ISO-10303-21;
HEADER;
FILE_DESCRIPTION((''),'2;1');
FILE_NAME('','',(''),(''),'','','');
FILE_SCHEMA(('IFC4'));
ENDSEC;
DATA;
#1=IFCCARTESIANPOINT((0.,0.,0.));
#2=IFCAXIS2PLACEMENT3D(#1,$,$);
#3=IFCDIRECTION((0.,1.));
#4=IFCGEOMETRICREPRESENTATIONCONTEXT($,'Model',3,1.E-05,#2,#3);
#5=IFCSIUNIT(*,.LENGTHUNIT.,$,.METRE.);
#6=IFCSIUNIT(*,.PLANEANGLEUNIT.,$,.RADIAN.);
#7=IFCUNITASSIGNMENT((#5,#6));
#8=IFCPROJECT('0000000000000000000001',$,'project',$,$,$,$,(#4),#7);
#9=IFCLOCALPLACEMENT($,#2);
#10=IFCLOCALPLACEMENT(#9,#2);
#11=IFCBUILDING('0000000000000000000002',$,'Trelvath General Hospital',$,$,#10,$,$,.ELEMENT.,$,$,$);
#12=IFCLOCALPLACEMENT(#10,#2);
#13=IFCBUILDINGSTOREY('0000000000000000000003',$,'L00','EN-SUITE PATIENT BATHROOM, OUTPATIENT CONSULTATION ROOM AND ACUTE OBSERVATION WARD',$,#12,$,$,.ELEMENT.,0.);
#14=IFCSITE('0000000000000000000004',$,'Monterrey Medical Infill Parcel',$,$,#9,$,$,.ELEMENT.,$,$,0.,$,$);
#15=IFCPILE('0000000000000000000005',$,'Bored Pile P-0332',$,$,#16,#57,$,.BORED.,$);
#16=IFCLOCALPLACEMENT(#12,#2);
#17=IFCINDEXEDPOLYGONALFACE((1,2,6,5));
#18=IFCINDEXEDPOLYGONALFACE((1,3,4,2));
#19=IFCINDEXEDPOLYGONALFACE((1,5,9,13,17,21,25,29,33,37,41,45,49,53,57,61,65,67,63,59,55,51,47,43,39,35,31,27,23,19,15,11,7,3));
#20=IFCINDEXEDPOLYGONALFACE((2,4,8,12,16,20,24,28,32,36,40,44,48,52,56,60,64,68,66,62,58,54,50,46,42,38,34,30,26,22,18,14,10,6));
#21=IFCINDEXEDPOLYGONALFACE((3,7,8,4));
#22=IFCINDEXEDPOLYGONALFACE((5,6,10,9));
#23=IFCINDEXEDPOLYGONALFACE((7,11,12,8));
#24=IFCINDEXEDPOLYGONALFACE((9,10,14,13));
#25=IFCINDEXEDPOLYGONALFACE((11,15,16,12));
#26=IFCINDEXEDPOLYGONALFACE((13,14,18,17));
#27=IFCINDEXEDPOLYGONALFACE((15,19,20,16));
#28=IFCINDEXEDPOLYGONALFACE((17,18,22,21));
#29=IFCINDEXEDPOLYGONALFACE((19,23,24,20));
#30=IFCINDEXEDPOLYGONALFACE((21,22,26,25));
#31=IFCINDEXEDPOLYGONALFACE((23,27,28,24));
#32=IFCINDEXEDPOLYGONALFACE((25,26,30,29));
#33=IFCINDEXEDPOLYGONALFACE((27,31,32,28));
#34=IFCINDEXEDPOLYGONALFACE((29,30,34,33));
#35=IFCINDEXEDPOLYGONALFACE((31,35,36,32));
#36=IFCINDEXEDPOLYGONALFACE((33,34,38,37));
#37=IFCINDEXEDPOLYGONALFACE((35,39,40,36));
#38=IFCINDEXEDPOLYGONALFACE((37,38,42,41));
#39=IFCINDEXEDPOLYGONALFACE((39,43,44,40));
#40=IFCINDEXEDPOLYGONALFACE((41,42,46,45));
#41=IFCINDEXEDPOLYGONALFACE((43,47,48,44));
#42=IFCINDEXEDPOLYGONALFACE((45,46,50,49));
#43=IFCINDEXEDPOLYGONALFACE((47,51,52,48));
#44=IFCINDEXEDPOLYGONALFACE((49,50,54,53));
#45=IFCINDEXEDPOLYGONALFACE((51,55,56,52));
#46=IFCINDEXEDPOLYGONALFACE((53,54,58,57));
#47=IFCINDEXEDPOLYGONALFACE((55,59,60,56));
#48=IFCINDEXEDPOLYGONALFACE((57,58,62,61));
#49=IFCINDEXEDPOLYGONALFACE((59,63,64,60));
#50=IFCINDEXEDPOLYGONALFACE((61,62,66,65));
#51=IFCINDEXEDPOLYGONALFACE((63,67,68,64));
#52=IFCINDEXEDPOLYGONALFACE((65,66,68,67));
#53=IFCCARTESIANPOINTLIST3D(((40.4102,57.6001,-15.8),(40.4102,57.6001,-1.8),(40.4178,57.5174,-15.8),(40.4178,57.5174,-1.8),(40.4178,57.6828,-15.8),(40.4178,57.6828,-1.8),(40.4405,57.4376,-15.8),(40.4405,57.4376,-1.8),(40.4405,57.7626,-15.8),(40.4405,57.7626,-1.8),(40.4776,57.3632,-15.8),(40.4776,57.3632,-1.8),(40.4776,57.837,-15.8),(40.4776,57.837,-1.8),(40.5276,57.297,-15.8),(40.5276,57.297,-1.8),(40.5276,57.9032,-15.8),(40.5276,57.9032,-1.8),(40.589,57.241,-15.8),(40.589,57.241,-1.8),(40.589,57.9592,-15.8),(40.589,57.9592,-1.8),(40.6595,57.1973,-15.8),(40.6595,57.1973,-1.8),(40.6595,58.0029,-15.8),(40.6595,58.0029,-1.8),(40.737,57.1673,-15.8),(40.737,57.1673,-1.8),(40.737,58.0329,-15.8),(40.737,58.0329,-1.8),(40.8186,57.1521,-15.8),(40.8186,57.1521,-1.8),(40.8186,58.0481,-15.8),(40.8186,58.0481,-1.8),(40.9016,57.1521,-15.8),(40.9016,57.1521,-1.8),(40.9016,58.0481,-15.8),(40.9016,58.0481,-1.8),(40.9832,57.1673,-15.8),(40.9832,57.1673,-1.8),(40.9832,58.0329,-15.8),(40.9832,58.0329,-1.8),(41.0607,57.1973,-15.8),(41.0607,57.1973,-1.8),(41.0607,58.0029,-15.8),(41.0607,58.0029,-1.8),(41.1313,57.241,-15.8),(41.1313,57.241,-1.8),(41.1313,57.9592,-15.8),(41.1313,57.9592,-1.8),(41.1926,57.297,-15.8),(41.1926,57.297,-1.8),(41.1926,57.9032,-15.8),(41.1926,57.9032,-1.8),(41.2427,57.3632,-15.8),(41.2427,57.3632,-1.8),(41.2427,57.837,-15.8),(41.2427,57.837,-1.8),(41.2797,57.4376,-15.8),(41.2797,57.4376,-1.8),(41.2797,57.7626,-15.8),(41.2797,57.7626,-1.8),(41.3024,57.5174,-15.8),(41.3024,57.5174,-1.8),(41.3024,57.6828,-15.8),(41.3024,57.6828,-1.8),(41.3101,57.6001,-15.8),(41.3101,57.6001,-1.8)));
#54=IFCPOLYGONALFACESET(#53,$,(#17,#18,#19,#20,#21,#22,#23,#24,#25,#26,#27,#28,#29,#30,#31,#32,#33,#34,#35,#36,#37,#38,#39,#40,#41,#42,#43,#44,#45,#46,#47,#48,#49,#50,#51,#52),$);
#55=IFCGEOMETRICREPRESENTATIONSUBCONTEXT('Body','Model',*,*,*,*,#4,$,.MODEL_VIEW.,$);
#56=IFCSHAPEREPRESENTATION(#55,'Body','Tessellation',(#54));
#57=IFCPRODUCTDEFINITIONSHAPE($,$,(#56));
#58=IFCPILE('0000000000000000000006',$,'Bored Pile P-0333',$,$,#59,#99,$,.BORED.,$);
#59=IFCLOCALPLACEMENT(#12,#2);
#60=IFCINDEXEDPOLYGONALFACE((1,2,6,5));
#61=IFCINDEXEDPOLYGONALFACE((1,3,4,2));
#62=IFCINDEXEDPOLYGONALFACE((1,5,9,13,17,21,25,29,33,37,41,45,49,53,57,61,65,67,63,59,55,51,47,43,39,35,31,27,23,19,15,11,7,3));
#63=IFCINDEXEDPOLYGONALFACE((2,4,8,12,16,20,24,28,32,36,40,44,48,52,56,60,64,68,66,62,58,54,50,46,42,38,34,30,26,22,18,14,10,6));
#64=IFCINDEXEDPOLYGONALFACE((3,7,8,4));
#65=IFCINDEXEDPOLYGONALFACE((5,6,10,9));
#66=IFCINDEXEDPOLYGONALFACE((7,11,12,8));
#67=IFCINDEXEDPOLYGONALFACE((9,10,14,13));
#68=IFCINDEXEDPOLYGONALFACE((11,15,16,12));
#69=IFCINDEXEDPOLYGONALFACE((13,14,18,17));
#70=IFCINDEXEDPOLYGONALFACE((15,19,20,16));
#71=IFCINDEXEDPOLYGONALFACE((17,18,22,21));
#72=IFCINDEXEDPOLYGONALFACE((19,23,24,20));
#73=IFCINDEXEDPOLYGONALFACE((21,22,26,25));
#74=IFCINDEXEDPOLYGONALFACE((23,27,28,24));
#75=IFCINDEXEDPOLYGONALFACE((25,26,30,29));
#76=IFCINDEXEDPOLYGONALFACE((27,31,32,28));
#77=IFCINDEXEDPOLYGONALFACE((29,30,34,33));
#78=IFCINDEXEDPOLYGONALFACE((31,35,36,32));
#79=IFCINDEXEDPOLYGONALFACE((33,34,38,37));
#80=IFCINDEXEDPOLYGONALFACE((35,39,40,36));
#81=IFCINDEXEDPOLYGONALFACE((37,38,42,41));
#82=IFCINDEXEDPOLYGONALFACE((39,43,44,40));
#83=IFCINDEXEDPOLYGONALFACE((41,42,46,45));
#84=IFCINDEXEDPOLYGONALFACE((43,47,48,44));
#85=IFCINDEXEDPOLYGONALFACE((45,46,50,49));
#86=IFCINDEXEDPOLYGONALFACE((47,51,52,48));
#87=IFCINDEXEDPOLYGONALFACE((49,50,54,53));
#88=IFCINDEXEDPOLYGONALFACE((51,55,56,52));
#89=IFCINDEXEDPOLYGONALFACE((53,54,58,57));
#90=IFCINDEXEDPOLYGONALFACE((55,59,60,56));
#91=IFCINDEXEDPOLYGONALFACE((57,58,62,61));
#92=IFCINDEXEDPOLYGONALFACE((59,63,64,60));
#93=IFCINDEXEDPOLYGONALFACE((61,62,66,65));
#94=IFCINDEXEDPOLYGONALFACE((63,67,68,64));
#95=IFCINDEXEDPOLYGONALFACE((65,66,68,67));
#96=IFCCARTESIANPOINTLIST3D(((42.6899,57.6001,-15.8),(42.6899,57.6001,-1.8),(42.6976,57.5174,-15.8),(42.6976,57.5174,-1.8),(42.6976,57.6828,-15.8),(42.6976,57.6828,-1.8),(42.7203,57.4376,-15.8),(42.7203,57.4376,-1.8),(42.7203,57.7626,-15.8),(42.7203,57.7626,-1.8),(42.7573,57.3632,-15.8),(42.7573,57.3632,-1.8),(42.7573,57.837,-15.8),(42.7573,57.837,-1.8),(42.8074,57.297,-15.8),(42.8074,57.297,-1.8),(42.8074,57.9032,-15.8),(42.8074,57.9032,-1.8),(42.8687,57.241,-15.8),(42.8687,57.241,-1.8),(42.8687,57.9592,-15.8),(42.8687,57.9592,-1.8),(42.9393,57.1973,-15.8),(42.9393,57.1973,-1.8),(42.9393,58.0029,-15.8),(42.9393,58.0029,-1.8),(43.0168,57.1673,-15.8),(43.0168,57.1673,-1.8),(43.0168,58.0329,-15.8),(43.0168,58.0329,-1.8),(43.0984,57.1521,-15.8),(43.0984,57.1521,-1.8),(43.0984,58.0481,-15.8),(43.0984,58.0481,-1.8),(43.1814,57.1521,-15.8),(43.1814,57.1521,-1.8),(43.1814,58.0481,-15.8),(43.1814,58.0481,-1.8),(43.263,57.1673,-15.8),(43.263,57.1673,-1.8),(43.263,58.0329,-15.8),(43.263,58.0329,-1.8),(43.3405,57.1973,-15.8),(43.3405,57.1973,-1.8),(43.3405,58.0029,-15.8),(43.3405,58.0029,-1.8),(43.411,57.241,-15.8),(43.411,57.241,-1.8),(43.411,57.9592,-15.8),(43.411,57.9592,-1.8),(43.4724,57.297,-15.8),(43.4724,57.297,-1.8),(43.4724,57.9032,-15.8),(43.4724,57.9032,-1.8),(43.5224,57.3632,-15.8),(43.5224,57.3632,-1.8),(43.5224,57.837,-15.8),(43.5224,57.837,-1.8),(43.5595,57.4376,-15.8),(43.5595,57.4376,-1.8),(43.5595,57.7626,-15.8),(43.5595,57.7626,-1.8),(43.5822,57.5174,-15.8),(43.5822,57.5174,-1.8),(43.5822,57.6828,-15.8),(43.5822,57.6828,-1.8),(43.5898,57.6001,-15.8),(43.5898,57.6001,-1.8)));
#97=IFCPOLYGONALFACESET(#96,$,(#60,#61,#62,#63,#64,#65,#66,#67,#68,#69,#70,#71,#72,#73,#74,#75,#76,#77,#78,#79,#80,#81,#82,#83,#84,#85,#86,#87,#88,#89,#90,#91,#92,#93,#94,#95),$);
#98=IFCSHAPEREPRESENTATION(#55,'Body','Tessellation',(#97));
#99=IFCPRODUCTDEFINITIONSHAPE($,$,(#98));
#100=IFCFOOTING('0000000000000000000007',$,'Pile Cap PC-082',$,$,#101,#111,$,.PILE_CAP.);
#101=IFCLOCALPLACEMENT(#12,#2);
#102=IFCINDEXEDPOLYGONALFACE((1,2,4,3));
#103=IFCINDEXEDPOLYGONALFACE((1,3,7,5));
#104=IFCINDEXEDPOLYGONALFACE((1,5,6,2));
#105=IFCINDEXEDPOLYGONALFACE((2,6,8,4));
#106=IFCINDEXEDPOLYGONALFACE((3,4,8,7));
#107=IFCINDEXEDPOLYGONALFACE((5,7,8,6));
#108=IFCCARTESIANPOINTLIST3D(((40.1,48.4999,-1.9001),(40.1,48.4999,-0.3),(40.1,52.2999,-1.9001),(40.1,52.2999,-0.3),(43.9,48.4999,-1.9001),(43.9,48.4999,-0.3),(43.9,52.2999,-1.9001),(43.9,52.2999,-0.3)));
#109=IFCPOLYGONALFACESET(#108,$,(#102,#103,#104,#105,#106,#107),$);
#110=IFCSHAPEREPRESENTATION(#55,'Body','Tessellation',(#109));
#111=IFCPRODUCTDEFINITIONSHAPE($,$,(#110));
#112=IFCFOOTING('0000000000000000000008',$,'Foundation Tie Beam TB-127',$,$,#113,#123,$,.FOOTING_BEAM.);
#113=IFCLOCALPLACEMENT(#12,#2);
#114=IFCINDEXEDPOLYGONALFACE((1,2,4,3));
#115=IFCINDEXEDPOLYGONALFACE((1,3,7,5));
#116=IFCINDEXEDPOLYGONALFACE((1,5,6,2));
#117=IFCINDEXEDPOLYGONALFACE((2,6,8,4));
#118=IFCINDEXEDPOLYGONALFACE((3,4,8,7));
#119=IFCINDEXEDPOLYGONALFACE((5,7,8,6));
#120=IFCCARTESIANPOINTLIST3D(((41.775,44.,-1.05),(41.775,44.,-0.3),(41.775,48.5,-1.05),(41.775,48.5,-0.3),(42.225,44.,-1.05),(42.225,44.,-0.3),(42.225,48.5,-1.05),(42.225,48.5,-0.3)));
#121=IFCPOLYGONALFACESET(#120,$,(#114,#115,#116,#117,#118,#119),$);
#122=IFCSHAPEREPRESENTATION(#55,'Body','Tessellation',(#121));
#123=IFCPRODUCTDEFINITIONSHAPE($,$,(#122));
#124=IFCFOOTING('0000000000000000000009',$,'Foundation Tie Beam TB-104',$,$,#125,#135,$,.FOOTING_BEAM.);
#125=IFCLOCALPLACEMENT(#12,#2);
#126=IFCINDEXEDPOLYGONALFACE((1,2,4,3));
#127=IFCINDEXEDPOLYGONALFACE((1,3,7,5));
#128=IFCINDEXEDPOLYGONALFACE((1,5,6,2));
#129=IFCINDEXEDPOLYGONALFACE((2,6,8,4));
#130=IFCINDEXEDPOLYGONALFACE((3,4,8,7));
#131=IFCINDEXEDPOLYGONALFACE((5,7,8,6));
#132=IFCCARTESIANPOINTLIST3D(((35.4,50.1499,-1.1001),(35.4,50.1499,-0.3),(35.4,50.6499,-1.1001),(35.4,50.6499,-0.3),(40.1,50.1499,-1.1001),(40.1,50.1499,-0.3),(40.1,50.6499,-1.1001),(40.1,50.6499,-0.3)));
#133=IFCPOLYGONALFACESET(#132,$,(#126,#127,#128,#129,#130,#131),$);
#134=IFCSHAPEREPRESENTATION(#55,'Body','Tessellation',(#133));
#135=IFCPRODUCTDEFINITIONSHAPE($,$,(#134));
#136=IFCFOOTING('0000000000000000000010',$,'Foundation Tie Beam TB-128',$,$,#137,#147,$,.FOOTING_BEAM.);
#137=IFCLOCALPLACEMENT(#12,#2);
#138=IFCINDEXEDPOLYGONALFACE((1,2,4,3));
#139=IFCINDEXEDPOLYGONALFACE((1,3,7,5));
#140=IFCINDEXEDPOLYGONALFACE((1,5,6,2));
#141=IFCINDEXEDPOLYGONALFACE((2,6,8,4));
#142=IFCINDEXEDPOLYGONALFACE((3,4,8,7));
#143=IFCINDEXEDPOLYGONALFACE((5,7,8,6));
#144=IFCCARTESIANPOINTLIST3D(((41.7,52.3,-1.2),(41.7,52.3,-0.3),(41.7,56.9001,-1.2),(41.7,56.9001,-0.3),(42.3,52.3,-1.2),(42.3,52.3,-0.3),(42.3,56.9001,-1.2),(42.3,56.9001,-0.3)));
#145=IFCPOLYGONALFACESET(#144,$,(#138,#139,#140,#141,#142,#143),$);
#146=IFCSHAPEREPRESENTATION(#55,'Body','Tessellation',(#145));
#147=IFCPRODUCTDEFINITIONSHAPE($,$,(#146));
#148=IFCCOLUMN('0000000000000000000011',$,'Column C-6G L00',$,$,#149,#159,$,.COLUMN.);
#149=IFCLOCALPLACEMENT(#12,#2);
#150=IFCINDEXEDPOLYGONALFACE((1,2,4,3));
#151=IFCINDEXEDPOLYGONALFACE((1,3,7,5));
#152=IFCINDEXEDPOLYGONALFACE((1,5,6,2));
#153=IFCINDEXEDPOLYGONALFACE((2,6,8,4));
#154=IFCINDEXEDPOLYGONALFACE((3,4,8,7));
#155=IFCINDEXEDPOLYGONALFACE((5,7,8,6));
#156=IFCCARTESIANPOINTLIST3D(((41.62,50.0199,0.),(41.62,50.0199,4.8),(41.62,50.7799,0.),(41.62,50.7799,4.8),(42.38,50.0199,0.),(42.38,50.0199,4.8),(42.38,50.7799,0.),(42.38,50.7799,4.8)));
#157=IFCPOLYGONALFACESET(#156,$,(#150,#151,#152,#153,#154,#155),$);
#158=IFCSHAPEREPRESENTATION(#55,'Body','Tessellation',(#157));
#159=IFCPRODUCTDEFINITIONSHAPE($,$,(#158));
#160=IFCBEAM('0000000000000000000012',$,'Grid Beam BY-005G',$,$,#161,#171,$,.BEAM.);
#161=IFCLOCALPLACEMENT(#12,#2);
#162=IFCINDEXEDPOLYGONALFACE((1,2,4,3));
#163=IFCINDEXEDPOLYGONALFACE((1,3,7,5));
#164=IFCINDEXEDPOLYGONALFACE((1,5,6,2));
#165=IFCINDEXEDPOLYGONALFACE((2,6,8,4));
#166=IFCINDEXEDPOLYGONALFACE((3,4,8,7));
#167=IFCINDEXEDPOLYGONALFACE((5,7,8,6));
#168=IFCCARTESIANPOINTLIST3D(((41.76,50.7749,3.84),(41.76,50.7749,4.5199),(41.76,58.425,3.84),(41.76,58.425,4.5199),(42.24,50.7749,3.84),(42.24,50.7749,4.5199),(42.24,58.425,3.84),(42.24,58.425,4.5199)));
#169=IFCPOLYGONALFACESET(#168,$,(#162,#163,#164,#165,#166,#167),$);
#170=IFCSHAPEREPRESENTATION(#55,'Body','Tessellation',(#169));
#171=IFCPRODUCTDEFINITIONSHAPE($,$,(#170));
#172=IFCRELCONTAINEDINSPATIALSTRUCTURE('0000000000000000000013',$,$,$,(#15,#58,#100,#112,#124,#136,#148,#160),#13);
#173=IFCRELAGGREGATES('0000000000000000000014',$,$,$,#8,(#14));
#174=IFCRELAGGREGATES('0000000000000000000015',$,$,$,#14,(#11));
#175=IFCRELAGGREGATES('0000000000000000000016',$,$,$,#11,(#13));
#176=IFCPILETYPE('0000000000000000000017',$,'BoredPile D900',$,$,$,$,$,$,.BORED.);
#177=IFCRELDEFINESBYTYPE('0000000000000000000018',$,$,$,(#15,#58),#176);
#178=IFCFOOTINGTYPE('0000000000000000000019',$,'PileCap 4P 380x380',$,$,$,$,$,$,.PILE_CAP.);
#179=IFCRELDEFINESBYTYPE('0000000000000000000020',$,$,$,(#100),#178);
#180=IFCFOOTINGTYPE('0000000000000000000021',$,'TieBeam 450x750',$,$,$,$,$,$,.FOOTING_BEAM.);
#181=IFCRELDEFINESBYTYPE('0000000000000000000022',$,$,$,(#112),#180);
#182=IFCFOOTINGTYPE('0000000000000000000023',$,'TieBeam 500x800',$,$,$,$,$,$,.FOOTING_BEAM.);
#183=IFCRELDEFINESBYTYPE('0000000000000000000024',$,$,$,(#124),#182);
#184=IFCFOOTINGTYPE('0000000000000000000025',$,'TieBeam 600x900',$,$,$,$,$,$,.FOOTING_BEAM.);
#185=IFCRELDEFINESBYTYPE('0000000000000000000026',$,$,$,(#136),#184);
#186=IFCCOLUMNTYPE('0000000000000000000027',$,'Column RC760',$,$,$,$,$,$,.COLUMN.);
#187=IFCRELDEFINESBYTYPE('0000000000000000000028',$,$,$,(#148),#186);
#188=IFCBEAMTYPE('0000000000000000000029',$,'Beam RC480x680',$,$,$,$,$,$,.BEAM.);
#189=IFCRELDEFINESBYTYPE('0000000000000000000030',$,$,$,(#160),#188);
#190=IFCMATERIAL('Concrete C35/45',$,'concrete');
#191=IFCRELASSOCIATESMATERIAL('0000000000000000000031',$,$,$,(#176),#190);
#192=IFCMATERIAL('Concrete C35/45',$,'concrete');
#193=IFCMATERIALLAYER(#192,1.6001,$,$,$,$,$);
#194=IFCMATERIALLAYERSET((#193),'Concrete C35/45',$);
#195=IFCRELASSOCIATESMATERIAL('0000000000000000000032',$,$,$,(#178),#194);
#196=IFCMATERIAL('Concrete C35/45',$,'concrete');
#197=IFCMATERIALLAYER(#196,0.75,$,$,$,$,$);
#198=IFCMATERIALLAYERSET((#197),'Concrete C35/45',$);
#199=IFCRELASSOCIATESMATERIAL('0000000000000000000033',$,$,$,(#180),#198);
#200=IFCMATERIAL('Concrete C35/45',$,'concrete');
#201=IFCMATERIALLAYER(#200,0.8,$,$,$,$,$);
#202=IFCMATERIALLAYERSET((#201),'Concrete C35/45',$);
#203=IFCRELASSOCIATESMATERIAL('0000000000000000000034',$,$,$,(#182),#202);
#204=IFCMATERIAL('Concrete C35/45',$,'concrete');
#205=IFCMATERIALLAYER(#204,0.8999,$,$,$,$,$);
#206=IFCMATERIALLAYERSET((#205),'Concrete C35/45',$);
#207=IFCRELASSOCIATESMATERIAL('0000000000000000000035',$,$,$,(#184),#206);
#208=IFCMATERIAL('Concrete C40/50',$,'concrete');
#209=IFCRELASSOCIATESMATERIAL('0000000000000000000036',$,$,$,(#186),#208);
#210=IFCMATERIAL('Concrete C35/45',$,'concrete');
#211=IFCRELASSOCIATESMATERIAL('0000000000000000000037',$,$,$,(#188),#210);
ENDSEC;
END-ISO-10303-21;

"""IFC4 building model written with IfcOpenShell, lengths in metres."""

from ifc_helpers import new_model, si_unit, direction, frame, origin, origin_2d, place, context, subcontext, project, spatial, rectangle, circle, extrude, material, layer, layer_set, material_profile, profile_set, type_object, element, save


model = new_model("IFC4")

# Units and contexts
model_context = context("Model", 3, precision=1e-05, world=origin(), true_north=direction((0.0, 1.0)))
body_context = subcontext(model_context, "Body", "Model", "MODEL_VIEW")
ifc_project = project(units=[si_unit("LENGTHUNIT", "METRE"), si_unit("PLANEANGLEUNIT", "RADIAN")], contexts=[model_context])

# Site, building, storey
site_placement = place(None, origin())
site = spatial("IfcSite", under=ifc_project, at=site_placement, Name="Monterrey Medical Infill Parcel", CompositionType="ELEMENT", RefElevation=0.0)
building_placement = place(site_placement, origin())
building = spatial("IfcBuilding", under=site, at=building_placement, Name="Trelvath General Hospital", CompositionType="ELEMENT")
storey_placement = place(building_placement, origin())
storey = spatial("IfcBuildingStorey", under=building, at=storey_placement, Name="L00", Description="EN-SUITE PATIENT BATHROOM, OUTPATIENT CONSULTATION ROOM AND ACUTE OBSERVATION WARD", CompositionType="ELEMENT", Elevation=0.0)

# Piles
ifc_material_1 = material(Name="Concrete C35/45", Category="concrete")
ifc_material_profile_1 = material_profile(ifc_material_1, circle(Radius=0.45, at=origin_2d()), Name="PILE900")
ifc_profile_set_1 = profile_set([ifc_material_profile_1], Name="Concrete C35/45")
pile_type = type_object("IfcPileType", Name="BoredPile D900", PredefinedType="BORED", material=ifc_profile_set_1)
for number, where, z_axis, x_axis, name in (
    (1, (40.8601, 57.6001, -1.8), (0.0, 0.0, -1.0), (1.0, 0.0, 0.0), "Bored Pile P-0332"),
    (2, (43.1399, 57.6001, -1.8), (0.0, 0.0, -1.0), (1.0, 0.0, 0.0), "Bored Pile P-0333"),
):
    element("IfcPile", number, at=place(storey_placement, frame(where, z_axis=z_axis, x_axis=x_axis)), inside=storey, type_object=pile_type, Name=name, PredefinedType="BORED", context=body_context, shape_type="SweptSolid", body=[
        extrude(circle(Radius=0.45, at=origin_2d()), origin(), (0.0, 0.0, 1.0), 14.0),
    ])

# Footings
ifc_material_2 = material(Name="Concrete C35/45", Category="concrete")
ifc_layer_1 = layer(ifc_material_2, 1.6001)
ifc_layer_set_1 = layer_set([ifc_layer_1], Name="Concrete C35/45")
footing_type_1 = type_object("IfcFootingType", Name="PileCap 4P 380x380", PredefinedType="PILE_CAP", material=ifc_layer_set_1)
footing_1_placement = place(storey_placement, frame((42.0, 50.3999, -1.9001), z_axis=(0.0, 0.0, 1.0), x_axis=(1.0, 0.0, 0.0)))
element("IfcFooting", 3, at=footing_1_placement, inside=storey, type_object=footing_type_1, Name="Pile Cap PC-082", PredefinedType="PILE_CAP", context=body_context, shape_type="SweptSolid", body=[
    extrude(rectangle(XDim=3.8, YDim=3.8, at=origin_2d()), origin(), (0.0, 0.0, 1.0), 1.6001),
])
ifc_material_3 = material(Name="Concrete C35/45", Category="concrete")
ifc_layer_2 = layer(ifc_material_3, 0.75)
ifc_layer_set_2 = layer_set([ifc_layer_2], Name="Concrete C35/45")
footing_type_2 = type_object("IfcFootingType", Name="TieBeam 450x750", PredefinedType="FOOTING_BEAM", material=ifc_layer_set_2)
footing_2_placement = place(storey_placement, frame((42.0, 46.25, -1.05), z_axis=(0.0, 0.0, 1.0), x_axis=(1.0, 0.0, 0.0)))
element("IfcFooting", 4, at=footing_2_placement, inside=storey, type_object=footing_type_2, Name="Foundation Tie Beam TB-127", PredefinedType="FOOTING_BEAM", context=body_context, shape_type="SweptSolid", body=[
    extrude(rectangle(XDim=0.45, YDim=4.5, at=origin_2d()), origin(), (0.0, 0.0, 1.0), 0.75),
])
ifc_material_4 = material(Name="Concrete C35/45", Category="concrete")
ifc_layer_3 = layer(ifc_material_4, 0.8)
ifc_layer_set_3 = layer_set([ifc_layer_3], Name="Concrete C35/45")
footing_type_3 = type_object("IfcFootingType", Name="TieBeam 500x800", PredefinedType="FOOTING_BEAM", material=ifc_layer_set_3)
footing_3_placement = place(storey_placement, frame((37.75, 50.3999, -1.1001), z_axis=(0.0, 0.0, 1.0), x_axis=(1.0, 0.0, 0.0)))
element("IfcFooting", 5, at=footing_3_placement, inside=storey, type_object=footing_type_3, Name="Foundation Tie Beam TB-104", PredefinedType="FOOTING_BEAM", context=body_context, shape_type="SweptSolid", body=[
    extrude(rectangle(XDim=4.7, YDim=0.5, at=origin_2d()), origin(), (0.0, 0.0, 1.0), 0.8),
])
ifc_material_5 = material(Name="Concrete C35/45", Category="concrete")
ifc_layer_4 = layer(ifc_material_5, 0.8999)
ifc_layer_set_4 = layer_set([ifc_layer_4], Name="Concrete C35/45")
footing_type_4 = type_object("IfcFootingType", Name="TieBeam 600x900", PredefinedType="FOOTING_BEAM", material=ifc_layer_set_4)
footing_4_placement = place(storey_placement, frame((42.0, 54.6001, -1.2), z_axis=(0.0, 0.0, 1.0), x_axis=(1.0, 0.0, 0.0)))
element("IfcFooting", 6, at=footing_4_placement, inside=storey, type_object=footing_type_4, Name="Foundation Tie Beam TB-128", PredefinedType="FOOTING_BEAM", context=body_context, shape_type="SweptSolid", body=[
    extrude(rectangle(XDim=0.6001, YDim=4.6001, at=origin_2d()), origin(), (0.0, 0.0, 1.0), 0.8999),
])

# Column
ifc_material_6 = material(Name="Concrete C40/50", Category="concrete")
ifc_material_profile_2 = material_profile(ifc_material_6, rectangle(XDim=0.76, YDim=0.76, at=origin_2d()), Name="RC760x760")
ifc_profile_set_2 = profile_set([ifc_material_profile_2], Name="Concrete C40/50")
column_type = type_object("IfcColumnType", Name="Column RC760", PredefinedType="COLUMN", material=ifc_profile_set_2)
column_placement = place(storey_placement, frame((42.0, 50.3999, 0.0), z_axis=(0.0, 0.0, 1.0), x_axis=(1.0, 0.0, 0.0)))
element("IfcColumn", 7, at=column_placement, inside=storey, type_object=column_type, Name="Column C-6G L00", PredefinedType="COLUMN", context=body_context, shape_type="SweptSolid", body=[
    extrude(rectangle(XDim=0.76, YDim=0.76, at=origin_2d()), origin(), (0.0, 0.0, 1.0), 4.8),
])

# Beam
ifc_material_7 = material(Name="Concrete C35/45", Category="concrete")
ifc_material_profile_3 = material_profile(ifc_material_7, rectangle(XDim=0.48, YDim=0.6799, at=origin_2d()), Name="RCB480x680")
ifc_profile_set_3 = profile_set([ifc_material_profile_3], Name="Concrete C35/45")
beam_type_1 = type_object("IfcBeamType", Name="Beam RC480x680", PredefinedType="BEAM", material=ifc_profile_set_3)
beam_1_placement = place(storey_placement, frame((42.0, 50.7749, 4.1799), z_axis=(0.0, 1.0, 0.0), x_axis=(-1.0, 0.0, 0.0)))
element("IfcBeam", 8, at=beam_1_placement, inside=storey, type_object=beam_type_1, Name="Grid Beam BY-005G", PredefinedType="BEAM", context=body_context, shape_type="SweptSolid", body=[
    extrude(rectangle(XDim=0.48, YDim=0.6799, at=origin_2d()), origin(), (0.0, 0.0, 1.0), 7.6501),
])

save(model, "model.ifc")
